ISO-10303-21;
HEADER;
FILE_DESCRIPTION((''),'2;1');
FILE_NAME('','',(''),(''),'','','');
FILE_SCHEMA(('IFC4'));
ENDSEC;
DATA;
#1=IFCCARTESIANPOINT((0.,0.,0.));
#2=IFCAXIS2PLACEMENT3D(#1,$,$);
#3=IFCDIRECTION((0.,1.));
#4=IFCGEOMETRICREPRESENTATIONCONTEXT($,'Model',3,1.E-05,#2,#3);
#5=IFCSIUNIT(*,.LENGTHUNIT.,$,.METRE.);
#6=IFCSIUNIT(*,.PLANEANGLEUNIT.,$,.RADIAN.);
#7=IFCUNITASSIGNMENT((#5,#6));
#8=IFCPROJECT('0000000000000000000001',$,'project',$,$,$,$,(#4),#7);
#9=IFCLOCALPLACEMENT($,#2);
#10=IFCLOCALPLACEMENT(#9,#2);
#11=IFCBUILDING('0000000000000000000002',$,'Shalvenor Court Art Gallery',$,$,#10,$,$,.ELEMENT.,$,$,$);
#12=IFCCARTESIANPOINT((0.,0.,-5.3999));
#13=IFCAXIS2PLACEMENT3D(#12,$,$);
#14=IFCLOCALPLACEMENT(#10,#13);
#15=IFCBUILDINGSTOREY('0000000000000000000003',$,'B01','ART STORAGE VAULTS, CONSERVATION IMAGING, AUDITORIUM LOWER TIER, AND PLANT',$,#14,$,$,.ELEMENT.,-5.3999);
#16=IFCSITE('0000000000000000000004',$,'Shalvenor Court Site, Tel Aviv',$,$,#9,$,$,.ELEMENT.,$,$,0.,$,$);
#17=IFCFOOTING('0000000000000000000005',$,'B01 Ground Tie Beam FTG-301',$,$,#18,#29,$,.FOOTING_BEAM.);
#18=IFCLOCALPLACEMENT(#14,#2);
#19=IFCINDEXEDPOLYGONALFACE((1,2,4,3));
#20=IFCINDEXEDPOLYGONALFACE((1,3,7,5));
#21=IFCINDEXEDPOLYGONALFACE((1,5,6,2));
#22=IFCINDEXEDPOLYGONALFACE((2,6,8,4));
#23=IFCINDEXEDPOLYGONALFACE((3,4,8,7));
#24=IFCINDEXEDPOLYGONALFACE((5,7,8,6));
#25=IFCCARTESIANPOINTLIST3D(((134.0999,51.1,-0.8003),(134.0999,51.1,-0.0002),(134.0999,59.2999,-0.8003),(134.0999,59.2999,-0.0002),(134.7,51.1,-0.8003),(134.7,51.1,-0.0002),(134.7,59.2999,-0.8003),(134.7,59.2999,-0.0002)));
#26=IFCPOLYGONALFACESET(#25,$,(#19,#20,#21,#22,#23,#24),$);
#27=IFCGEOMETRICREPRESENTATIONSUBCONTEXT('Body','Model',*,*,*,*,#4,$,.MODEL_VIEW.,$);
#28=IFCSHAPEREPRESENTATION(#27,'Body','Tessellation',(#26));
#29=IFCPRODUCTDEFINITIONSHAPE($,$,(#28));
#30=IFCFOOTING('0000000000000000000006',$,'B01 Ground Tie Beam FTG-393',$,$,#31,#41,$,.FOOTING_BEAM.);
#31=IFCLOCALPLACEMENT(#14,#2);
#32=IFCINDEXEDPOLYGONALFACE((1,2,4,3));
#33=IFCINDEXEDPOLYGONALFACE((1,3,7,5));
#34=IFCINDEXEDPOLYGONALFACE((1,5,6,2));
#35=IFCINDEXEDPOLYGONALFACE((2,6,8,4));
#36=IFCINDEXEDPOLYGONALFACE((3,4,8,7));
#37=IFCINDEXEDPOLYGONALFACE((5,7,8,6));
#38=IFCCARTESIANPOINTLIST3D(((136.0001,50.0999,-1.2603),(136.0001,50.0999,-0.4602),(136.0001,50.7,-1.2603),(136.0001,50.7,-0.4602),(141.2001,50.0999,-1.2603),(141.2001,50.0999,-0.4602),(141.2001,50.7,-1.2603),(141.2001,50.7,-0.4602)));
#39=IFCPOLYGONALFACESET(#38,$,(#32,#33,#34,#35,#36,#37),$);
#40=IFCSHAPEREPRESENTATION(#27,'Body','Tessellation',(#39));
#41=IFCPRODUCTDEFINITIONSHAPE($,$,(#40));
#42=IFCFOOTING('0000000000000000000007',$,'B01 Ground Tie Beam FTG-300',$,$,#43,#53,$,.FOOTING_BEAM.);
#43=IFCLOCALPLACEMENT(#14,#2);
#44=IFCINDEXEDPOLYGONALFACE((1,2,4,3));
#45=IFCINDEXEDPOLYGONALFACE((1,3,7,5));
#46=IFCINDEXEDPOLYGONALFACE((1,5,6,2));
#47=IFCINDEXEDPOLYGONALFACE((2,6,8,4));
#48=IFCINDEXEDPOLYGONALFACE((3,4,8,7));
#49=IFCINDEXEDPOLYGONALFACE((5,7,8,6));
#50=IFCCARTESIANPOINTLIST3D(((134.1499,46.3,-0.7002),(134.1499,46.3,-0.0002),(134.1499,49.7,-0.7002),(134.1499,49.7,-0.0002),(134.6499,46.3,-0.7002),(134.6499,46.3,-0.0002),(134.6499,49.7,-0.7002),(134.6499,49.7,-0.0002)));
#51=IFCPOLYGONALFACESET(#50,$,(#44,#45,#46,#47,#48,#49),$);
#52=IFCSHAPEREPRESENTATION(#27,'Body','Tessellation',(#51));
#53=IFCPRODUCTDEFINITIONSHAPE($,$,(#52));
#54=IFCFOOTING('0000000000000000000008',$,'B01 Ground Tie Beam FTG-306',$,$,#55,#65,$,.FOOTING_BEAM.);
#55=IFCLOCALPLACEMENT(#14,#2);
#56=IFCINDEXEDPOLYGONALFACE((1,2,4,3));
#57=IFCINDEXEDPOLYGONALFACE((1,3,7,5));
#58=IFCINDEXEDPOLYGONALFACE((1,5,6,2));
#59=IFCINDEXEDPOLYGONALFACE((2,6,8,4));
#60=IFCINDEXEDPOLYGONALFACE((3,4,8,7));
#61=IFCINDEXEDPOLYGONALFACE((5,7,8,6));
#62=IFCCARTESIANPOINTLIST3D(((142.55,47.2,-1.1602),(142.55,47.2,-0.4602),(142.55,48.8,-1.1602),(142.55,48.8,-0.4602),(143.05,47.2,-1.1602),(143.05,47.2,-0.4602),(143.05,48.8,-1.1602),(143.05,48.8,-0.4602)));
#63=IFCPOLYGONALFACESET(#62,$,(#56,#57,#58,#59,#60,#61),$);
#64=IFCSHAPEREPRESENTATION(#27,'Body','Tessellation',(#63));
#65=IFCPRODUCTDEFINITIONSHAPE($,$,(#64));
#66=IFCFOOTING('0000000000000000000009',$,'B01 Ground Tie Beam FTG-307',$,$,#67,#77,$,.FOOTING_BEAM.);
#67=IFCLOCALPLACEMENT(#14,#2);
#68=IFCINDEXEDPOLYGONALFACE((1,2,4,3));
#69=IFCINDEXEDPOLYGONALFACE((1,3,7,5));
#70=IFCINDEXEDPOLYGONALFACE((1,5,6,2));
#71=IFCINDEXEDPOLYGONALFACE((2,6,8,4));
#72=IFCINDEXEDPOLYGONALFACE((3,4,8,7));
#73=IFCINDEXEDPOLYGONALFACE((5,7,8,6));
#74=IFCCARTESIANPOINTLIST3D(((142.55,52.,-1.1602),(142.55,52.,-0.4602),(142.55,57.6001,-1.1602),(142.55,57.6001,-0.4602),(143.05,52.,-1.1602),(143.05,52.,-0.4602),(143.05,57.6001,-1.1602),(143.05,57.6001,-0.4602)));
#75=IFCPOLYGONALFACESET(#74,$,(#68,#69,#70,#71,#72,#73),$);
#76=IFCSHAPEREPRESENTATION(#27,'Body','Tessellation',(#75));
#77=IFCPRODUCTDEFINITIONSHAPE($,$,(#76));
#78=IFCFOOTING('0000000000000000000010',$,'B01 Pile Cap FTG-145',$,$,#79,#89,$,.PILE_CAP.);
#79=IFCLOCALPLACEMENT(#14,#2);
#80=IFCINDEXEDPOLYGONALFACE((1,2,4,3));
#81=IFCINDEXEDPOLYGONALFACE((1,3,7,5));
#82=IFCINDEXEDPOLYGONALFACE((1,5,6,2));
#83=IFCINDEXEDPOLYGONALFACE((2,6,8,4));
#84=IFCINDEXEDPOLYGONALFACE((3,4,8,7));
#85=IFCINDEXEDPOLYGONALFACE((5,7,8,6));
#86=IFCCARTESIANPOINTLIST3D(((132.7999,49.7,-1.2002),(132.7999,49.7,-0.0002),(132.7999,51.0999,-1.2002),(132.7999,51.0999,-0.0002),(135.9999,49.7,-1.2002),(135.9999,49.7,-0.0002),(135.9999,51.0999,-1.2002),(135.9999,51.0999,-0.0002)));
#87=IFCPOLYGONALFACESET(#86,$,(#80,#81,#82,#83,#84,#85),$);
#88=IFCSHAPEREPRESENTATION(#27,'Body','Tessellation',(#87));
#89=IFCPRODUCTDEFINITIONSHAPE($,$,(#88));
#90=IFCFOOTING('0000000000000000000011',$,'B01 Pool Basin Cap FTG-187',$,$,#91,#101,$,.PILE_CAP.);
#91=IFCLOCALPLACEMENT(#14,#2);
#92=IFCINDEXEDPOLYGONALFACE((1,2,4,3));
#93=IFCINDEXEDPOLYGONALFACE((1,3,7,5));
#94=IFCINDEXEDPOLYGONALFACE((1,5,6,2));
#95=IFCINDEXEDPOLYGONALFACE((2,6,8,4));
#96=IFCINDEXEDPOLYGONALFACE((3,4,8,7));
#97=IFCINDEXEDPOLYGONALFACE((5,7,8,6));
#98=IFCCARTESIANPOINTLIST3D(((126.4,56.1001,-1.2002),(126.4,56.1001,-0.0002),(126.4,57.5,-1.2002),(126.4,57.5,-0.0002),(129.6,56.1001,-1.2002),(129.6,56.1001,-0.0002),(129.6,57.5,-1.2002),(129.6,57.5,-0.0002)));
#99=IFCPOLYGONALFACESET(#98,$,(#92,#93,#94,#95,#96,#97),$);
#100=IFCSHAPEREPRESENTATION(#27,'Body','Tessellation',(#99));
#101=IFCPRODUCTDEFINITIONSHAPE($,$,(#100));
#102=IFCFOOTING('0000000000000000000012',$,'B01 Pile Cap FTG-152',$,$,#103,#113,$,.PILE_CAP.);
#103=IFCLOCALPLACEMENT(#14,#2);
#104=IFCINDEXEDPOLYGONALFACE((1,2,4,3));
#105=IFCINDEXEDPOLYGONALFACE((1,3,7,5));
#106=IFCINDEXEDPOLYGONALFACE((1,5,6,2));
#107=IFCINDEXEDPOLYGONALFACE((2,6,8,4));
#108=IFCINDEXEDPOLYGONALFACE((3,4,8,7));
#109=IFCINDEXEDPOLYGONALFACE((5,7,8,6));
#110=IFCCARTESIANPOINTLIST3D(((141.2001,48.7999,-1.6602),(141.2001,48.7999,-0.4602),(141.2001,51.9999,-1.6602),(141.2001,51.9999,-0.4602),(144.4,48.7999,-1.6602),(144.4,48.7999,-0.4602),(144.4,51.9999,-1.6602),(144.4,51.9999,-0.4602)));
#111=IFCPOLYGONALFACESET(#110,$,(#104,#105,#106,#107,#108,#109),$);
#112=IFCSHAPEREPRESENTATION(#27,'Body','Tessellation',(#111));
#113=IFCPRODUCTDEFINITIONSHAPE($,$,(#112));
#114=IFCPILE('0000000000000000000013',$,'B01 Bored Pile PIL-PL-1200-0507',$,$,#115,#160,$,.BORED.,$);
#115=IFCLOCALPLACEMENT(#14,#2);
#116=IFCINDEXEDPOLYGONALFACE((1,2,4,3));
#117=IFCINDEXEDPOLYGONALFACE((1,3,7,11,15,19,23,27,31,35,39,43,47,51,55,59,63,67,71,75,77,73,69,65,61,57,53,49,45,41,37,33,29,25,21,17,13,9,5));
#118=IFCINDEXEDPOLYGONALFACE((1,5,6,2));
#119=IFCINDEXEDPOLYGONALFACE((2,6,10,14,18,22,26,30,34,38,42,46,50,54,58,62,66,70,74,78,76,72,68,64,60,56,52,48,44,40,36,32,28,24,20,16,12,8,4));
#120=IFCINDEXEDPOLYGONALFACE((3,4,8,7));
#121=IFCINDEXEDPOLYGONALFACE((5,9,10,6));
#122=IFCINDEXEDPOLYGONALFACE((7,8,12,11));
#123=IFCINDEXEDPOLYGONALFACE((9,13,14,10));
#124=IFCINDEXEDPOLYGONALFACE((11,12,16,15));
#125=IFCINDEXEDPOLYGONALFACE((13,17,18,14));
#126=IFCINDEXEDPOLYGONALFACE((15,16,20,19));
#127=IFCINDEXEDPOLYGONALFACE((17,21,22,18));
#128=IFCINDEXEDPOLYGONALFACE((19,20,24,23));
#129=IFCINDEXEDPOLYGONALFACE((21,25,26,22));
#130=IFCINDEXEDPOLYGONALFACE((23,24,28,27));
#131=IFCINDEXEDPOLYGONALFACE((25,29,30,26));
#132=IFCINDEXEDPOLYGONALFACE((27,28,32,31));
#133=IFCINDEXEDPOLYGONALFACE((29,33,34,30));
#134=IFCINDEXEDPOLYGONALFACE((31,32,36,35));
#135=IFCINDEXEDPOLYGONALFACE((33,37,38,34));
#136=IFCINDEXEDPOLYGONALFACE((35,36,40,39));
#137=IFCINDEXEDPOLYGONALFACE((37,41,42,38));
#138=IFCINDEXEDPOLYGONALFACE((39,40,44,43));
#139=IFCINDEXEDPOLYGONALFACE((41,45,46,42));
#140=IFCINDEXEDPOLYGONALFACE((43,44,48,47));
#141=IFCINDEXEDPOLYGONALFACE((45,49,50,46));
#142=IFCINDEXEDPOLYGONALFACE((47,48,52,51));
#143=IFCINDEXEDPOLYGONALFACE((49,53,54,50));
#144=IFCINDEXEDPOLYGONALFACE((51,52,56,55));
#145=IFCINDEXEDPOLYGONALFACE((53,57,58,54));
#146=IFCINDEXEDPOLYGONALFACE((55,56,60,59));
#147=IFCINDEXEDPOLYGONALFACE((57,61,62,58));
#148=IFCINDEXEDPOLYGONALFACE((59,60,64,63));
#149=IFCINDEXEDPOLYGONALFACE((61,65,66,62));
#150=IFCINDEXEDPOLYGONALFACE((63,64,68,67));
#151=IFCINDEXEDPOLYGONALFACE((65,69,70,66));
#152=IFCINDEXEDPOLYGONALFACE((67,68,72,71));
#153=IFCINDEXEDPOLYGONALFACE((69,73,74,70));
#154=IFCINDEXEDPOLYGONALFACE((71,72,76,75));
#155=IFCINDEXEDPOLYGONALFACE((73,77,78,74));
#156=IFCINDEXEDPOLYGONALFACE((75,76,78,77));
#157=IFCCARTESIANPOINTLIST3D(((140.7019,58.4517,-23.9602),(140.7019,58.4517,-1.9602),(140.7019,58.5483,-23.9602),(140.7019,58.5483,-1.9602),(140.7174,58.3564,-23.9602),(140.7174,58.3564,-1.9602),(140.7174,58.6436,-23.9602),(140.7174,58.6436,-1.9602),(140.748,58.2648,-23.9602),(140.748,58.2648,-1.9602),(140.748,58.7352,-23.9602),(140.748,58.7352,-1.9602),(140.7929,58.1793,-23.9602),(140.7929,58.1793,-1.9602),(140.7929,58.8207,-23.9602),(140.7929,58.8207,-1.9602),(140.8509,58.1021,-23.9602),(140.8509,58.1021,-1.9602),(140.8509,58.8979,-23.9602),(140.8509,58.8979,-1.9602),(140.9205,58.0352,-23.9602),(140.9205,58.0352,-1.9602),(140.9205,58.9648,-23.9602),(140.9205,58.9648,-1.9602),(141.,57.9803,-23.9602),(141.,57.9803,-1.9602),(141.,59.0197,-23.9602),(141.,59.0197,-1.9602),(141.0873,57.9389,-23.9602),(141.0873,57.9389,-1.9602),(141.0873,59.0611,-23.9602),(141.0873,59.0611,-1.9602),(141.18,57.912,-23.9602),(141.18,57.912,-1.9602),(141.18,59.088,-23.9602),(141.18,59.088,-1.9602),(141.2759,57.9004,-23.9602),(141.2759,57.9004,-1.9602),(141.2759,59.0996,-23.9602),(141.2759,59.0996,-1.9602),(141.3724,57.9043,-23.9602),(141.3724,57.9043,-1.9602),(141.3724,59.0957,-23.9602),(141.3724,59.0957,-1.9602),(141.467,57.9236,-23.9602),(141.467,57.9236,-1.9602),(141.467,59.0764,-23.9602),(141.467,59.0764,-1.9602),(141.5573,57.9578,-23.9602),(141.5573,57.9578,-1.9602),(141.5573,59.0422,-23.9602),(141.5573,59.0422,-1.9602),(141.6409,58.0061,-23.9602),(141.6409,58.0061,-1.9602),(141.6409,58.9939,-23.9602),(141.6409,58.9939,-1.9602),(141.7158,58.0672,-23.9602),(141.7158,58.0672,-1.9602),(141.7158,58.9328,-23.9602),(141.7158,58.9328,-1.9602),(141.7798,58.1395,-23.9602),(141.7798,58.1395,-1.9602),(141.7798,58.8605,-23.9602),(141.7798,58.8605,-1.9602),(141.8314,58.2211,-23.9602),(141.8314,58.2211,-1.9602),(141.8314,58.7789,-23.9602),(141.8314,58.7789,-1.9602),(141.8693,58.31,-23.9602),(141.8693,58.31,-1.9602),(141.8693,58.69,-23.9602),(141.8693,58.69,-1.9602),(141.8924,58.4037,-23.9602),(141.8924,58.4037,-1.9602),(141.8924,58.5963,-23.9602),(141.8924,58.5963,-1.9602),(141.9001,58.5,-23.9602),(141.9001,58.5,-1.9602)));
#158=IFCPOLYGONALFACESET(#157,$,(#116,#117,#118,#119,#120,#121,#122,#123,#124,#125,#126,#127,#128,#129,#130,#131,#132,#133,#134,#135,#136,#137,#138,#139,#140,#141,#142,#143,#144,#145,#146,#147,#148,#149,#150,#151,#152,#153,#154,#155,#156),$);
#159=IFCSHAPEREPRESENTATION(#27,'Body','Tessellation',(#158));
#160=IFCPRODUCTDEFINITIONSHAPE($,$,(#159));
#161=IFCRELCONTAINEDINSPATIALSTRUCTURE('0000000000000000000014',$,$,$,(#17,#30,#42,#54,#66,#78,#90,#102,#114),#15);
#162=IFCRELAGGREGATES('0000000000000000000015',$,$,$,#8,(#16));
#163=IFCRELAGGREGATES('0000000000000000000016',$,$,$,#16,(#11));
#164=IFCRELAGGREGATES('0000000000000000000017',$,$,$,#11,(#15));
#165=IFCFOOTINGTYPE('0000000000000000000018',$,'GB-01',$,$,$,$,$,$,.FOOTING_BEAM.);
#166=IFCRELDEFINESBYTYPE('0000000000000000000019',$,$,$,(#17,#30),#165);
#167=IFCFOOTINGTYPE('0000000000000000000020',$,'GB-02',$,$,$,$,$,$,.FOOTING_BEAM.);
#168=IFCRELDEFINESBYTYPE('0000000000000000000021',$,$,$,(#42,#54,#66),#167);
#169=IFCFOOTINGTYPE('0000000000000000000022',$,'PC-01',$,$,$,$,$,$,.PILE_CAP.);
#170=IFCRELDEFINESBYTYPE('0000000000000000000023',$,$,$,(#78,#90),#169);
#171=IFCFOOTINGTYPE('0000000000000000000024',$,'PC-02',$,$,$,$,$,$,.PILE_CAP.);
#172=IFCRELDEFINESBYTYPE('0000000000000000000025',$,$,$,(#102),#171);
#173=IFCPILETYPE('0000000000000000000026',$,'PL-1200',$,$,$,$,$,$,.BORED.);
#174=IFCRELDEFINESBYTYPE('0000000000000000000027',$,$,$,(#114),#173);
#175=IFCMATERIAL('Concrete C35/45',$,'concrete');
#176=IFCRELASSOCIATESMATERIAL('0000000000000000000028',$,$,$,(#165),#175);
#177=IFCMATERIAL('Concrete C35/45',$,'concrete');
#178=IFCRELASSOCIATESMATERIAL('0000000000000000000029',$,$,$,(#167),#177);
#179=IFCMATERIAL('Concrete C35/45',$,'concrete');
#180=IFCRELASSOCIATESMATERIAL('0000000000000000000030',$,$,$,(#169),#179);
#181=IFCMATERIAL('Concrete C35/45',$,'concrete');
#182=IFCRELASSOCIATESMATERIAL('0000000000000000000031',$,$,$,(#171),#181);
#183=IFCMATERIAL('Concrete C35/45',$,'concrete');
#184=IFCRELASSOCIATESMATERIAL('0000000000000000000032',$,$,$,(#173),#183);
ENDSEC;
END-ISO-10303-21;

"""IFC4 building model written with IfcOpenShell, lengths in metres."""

from ifc_helpers import new_model, si_unit, direction, frame, origin, origin_2d, place, context, subcontext, project, spatial, rectangle, circle, extrude, material, material_profile, profile_set, type_object, element, save


model = new_model("IFC4")

# Units and contexts
model_context = context("Model", 3, precision=1e-05, world=origin(), true_north=direction((0.0, 1.0)))
body_context = subcontext(model_context, "Body", "Model", "MODEL_VIEW")
ifc_project = project(units=[si_unit("LENGTHUNIT", "METRE"), si_unit("PLANEANGLEUNIT", "RADIAN")], contexts=[model_context])

# Site, building, storey
site_placement = place(None, origin())
site = spatial("IfcSite", under=ifc_project, at=site_placement, Name="Shalvenor Court Site, Tel Aviv", CompositionType="ELEMENT", RefElevation=0.0)
building_placement = place(site_placement, origin())
building = spatial("IfcBuilding", under=site, at=building_placement, Name="Shalvenor Court Art Gallery", CompositionType="ELEMENT")
storey_placement = place(building_placement, frame((0.0, 0.0, -5.3999)))
storey = spatial("IfcBuildingStorey", under=building, at=storey_placement, Name="B01", Description="ART STORAGE VAULTS, CONSERVATION IMAGING, AUDITORIUM LOWER TIER, AND PLANT", CompositionType="ELEMENT", Elevation=-5.3999)

# Footings
ifc_material_1 = material(Name="Concrete C35/45", Category="concrete")
footing_type_1 = type_object("IfcFootingType", Name="GB-01", PredefinedType="FOOTING_BEAM", material=ifc_material_1)
footing_1_placement = place(storey_placement, frame((134.3999, 55.2, -0.8003), z_axis=(0.0, 0.0, 1.0), x_axis=(0.0, 1.0, 0.0)))
element("IfcFooting", 1, at=footing_1_placement, inside=storey, type_object=footing_type_1, Name="B01 Ground Tie Beam FTG-301", PredefinedType="FOOTING_BEAM", context=body_context, shape_type="SweptSolid", body=[
    extrude(rectangle(XDim=8.2, YDim=0.6001, at=origin_2d()), origin(), (0.0, 0.0, 1.0), 0.8),
])
footing_2_placement = place(storey_placement, frame((138.6001, 50.3999, -1.2603), z_axis=(0.0, 0.0, 1.0), x_axis=(1.0, 0.0, 0.0)))
element("IfcFooting", 2, at=footing_2_placement, inside=storey, type_object=footing_type_1, Name="B01 Ground Tie Beam FTG-393", PredefinedType="FOOTING_BEAM", context=body_context, shape_type="SweptSolid", body=[
    extrude(rectangle(XDim=5.2, YDim=0.6001, at=origin_2d()), origin(), (0.0, 0.0, 1.0), 0.8),
])
ifc_material_2 = material(Name="Concrete C35/45", Category="concrete")
footing_type_2 = type_object("IfcFootingType", Name="GB-02", PredefinedType="FOOTING_BEAM", material=ifc_material_2)
footing_3_placement = place(storey_placement, frame((134.3999, 48.0, -0.7002), z_axis=(0.0, 0.0, 1.0), x_axis=(0.0, 1.0, 0.0)))
element("IfcFooting", 3, at=footing_3_placement, inside=storey, type_object=footing_type_2, Name="B01 Ground Tie Beam FTG-300", PredefinedType="FOOTING_BEAM", context=body_context, shape_type="SweptSolid", body=[
    extrude(rectangle(XDim=3.3999, YDim=0.5, at=origin_2d()), origin(), (0.0, 0.0, 1.0), 0.7),
])
footing_4_placement = place(storey_placement, frame((142.8, 48.0, -1.1602), z_axis=(0.0, 0.0, 1.0), x_axis=(0.0, 1.0, 0.0)))
element("IfcFooting", 4, at=footing_4_placement, inside=storey, type_object=footing_type_2, Name="B01 Ground Tie Beam FTG-306", PredefinedType="FOOTING_BEAM", context=body_context, shape_type="SweptSolid", body=[
    extrude(rectangle(XDim=1.6001, YDim=0.5, at=origin_2d()), origin(), (0.0, 0.0, 1.0), 0.7),
])
footing_5_placement = place(storey_placement, frame((142.8, 54.8, -1.1602), z_axis=(0.0, 0.0, 1.0), x_axis=(0.0, 1.0, 0.0)))
element("IfcFooting", 5, at=footing_5_placement, inside=storey, type_object=footing_type_2, Name="B01 Ground Tie Beam FTG-307", PredefinedType="FOOTING_BEAM", context=body_context, shape_type="SweptSolid", body=[
    extrude(rectangle(XDim=5.6001, YDim=0.5, at=origin_2d()), origin(), (0.0, 0.0, 1.0), 0.7),
])
ifc_material_3 = material(Name="Concrete C35/45", Category="concrete")
footing_type_3 = type_object("IfcFootingType", Name="PC-01", PredefinedType="PILE_CAP", material=ifc_material_3)
for number, where, z_axis, x_axis, name in (
    (6, (134.3999, 50.3999, -1.2002), (0.0, 0.0, 1.0), (1.0, 0.0, 0.0), "B01 Pile Cap FTG-145"),
    (7, (128.0, 56.8, -1.2002), (0.0, 0.0, 1.0), (1.0, 0.0, 0.0), "B01 Pool Basin Cap FTG-187"),
):
    element("IfcFooting", number, at=place(storey_placement, frame(where, z_axis=z_axis, x_axis=x_axis)), inside=storey, type_object=footing_type_3, Name=name, PredefinedType="PILE_CAP", context=body_context, shape_type="SweptSolid", body=[
        extrude(rectangle(XDim=3.2, YDim=1.3999, at=origin_2d()), origin(), (0.0, 0.0, 1.0), 1.2),
    ])
ifc_material_4 = material(Name="Concrete C35/45", Category="concrete")
footing_type_4 = type_object("IfcFootingType", Name="PC-02", PredefinedType="PILE_CAP", material=ifc_material_4)
footing_6_placement = place(storey_placement, frame((142.8, 50.3999, -1.6602), z_axis=(0.0, 0.0, 1.0), x_axis=(1.0, 0.0, 0.0)))
element("IfcFooting", 8, at=footing_6_placement, inside=storey, type_object=footing_type_4, Name="B01 Pile Cap FTG-152", PredefinedType="PILE_CAP", context=body_context, shape_type="SweptSolid", body=[
    extrude(rectangle(XDim=3.2, YDim=3.2, at=origin_2d()), origin(), (0.0, 0.0, 1.0), 1.2),
])

# Pile
ifc_material_5 = material(Name="Concrete C35/45", Category="concrete")
ifc_material_profile_1 = material_profile(ifc_material_5, circle(Radius=0.6001, at=origin_2d()), Name="PILE 1200")
ifc_profile_set_1 = profile_set([ifc_material_profile_1], Name="Concrete C35/45")
pile_type_1 = type_object("IfcPileType", Name="PL-1200", PredefinedType="BORED", material=ifc_profile_set_1)
for number, where, z_axis, x_axis, name in (
    (9, (141.3, 58.5, -1.9602), (0.0, 0.0, -1.0), (1.0, 0.0, 0.0), "B01 Bored Pile PIL-PL-1200-0507"),
):
    element("IfcPile", number, at=place(storey_placement, frame(where, z_axis=z_axis, x_axis=x_axis)), inside=storey, type_object=pile_type_1, Name=name, PredefinedType="BORED", context=body_context, shape_type="SweptSolid", body=[
        extrude(circle(Radius=0.6001, at=origin_2d()), origin(), (0.0, 0.0, 1.0), 22.0),
    ])

save(model, "model.ifc")
